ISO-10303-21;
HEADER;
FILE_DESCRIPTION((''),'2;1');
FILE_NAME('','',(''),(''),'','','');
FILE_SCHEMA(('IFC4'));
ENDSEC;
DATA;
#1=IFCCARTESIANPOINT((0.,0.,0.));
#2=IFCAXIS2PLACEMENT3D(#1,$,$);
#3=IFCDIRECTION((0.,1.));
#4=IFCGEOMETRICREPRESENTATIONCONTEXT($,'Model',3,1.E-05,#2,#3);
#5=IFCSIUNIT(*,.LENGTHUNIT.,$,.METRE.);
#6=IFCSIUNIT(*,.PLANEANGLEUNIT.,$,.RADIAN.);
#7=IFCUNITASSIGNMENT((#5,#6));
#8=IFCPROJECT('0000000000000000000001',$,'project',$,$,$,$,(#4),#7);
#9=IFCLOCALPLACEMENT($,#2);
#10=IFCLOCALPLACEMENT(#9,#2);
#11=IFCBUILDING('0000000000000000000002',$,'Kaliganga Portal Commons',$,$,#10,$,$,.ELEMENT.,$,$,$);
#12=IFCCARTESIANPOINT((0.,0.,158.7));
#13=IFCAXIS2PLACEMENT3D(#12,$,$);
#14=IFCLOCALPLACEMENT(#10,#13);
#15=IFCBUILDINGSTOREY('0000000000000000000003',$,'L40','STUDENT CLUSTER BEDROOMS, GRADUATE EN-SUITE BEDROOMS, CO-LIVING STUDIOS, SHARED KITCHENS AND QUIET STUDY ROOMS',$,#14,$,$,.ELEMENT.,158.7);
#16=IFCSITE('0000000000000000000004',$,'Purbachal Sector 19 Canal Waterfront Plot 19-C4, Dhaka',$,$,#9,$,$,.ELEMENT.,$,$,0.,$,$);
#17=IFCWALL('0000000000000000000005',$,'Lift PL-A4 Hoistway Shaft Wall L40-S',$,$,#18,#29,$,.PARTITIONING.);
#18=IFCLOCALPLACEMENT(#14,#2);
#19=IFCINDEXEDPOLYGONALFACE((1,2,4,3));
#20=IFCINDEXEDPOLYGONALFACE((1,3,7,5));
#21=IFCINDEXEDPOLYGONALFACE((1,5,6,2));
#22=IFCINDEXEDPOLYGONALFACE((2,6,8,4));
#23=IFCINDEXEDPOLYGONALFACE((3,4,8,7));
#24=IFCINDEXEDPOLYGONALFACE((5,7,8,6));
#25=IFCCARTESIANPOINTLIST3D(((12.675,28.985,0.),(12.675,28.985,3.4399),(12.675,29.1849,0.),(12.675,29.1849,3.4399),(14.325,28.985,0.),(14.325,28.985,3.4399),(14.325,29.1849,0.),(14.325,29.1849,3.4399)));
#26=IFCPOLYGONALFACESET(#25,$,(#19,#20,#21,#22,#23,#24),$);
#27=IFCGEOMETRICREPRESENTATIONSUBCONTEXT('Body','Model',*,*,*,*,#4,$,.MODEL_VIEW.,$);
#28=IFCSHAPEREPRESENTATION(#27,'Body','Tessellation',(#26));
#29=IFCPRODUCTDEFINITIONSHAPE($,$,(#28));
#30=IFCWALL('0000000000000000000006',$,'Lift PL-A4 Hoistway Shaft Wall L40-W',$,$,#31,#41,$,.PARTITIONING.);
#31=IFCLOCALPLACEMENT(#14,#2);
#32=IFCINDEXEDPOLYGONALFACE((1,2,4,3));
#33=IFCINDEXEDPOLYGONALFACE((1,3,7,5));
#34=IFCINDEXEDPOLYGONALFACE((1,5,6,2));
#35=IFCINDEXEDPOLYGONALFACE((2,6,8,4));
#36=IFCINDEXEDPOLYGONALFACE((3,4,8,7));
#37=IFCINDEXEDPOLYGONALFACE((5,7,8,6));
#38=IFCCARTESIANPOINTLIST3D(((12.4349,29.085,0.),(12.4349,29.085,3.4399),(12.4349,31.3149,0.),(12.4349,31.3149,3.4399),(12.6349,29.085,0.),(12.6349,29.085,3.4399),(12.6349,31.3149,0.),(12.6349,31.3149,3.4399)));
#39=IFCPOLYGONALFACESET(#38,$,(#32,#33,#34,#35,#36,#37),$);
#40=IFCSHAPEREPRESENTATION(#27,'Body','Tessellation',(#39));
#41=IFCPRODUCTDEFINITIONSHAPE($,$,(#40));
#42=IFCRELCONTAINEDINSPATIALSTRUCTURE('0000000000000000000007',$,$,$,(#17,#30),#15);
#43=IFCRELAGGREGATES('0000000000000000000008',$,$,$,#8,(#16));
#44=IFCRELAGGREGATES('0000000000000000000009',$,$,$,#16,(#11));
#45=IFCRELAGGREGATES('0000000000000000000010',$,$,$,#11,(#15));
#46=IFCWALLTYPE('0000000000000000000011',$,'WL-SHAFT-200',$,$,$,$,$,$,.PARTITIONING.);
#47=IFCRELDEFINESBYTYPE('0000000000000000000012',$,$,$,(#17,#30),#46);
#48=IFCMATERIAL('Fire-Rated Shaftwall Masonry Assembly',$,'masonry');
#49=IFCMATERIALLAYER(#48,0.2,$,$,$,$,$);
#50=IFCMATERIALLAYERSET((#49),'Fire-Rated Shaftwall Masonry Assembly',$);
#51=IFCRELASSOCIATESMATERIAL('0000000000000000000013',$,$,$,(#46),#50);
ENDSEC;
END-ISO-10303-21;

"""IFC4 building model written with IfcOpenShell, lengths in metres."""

from ifc_helpers import new_model, si_unit, direction, frame, frame_2d, origin, place, context, subcontext, project, spatial, rectangle, extrude, material, layer, layer_set, type_object, element, save


model = new_model("IFC4")

# Units and contexts
model_context = context("Model", 3, precision=1e-05, world=origin(), true_north=direction((0.0, 1.0)))
body_context = subcontext(model_context, "Body", "Model", "MODEL_VIEW")
ifc_project = project(units=[si_unit("LENGTHUNIT", "METRE"), si_unit("PLANEANGLEUNIT", "RADIAN")], contexts=[model_context])

# Site, building, storey
site_placement = place(None, origin())
site = spatial("IfcSite", under=ifc_project, at=site_placement, Name="Purbachal Sector 19 Canal Waterfront Plot 19-C4, Dhaka", CompositionType="ELEMENT", RefElevation=0.0)
building_placement = place(site_placement, origin())
building = spatial("IfcBuilding", under=site, at=building_placement, Name="Kaliganga Portal Commons", CompositionType="ELEMENT")
storey_placement = place(building_placement, frame((0.0, 0.0, 158.7)))
storey = spatial("IfcBuildingStorey", under=building, at=storey_placement, Name="L40", Description="STUDENT CLUSTER BEDROOMS, GRADUATE EN-SUITE BEDROOMS, CO-LIVING STUDIOS, SHARED KITCHENS AND QUIET STUDY ROOMS", CompositionType="ELEMENT", Elevation=158.7)

# Walls
ifc_material_1 = material(Name="Fire-Rated Shaftwall Masonry Assembly", Category="masonry")
ifc_layer_1 = layer(ifc_material_1, 0.2)
ifc_layer_set_1 = layer_set([ifc_layer_1], Name="Fire-Rated Shaftwall Masonry Assembly")
wall_type_1 = type_object("IfcWallType", Name="WL-SHAFT-200", PredefinedType="PARTITIONING", material=ifc_layer_set_1)
wall_1_placement = place(storey_placement, frame((12.675, 29.085, 0.0), z_axis=(0.0, 0.0, 1.0), x_axis=(1.0, 0.0, 0.0)))
element("IfcWall", 1, at=wall_1_placement, inside=storey, type_object=wall_type_1, Name="Lift PL-A4 Hoistway Shaft Wall L40-S", PredefinedType="PARTITIONING", context=body_context, shape_type="SweptSolid", body=[
    extrude(rectangle(XDim=1.6499, YDim=0.2, at=frame_2d((0.825, 0.0))), origin(), (0.0, 0.0, 1.0), 3.4399),
])
wall_2_placement = place(storey_placement, frame((12.5349, 29.085, 0.0), z_axis=(0.0, 0.0, 1.0), x_axis=(0.0, 1.0, 0.0)))
element("IfcWall", 2, at=wall_2_placement, inside=storey, type_object=wall_type_1, Name="Lift PL-A4 Hoistway Shaft Wall L40-W", PredefinedType="PARTITIONING", context=body_context, shape_type="SweptSolid", body=[
    extrude(rectangle(XDim=2.23, YDim=0.2, at=frame_2d((1.115, 0.0))), origin(), (0.0, 0.0, 1.0), 3.4399),
])

save(model, "model.ifc")
